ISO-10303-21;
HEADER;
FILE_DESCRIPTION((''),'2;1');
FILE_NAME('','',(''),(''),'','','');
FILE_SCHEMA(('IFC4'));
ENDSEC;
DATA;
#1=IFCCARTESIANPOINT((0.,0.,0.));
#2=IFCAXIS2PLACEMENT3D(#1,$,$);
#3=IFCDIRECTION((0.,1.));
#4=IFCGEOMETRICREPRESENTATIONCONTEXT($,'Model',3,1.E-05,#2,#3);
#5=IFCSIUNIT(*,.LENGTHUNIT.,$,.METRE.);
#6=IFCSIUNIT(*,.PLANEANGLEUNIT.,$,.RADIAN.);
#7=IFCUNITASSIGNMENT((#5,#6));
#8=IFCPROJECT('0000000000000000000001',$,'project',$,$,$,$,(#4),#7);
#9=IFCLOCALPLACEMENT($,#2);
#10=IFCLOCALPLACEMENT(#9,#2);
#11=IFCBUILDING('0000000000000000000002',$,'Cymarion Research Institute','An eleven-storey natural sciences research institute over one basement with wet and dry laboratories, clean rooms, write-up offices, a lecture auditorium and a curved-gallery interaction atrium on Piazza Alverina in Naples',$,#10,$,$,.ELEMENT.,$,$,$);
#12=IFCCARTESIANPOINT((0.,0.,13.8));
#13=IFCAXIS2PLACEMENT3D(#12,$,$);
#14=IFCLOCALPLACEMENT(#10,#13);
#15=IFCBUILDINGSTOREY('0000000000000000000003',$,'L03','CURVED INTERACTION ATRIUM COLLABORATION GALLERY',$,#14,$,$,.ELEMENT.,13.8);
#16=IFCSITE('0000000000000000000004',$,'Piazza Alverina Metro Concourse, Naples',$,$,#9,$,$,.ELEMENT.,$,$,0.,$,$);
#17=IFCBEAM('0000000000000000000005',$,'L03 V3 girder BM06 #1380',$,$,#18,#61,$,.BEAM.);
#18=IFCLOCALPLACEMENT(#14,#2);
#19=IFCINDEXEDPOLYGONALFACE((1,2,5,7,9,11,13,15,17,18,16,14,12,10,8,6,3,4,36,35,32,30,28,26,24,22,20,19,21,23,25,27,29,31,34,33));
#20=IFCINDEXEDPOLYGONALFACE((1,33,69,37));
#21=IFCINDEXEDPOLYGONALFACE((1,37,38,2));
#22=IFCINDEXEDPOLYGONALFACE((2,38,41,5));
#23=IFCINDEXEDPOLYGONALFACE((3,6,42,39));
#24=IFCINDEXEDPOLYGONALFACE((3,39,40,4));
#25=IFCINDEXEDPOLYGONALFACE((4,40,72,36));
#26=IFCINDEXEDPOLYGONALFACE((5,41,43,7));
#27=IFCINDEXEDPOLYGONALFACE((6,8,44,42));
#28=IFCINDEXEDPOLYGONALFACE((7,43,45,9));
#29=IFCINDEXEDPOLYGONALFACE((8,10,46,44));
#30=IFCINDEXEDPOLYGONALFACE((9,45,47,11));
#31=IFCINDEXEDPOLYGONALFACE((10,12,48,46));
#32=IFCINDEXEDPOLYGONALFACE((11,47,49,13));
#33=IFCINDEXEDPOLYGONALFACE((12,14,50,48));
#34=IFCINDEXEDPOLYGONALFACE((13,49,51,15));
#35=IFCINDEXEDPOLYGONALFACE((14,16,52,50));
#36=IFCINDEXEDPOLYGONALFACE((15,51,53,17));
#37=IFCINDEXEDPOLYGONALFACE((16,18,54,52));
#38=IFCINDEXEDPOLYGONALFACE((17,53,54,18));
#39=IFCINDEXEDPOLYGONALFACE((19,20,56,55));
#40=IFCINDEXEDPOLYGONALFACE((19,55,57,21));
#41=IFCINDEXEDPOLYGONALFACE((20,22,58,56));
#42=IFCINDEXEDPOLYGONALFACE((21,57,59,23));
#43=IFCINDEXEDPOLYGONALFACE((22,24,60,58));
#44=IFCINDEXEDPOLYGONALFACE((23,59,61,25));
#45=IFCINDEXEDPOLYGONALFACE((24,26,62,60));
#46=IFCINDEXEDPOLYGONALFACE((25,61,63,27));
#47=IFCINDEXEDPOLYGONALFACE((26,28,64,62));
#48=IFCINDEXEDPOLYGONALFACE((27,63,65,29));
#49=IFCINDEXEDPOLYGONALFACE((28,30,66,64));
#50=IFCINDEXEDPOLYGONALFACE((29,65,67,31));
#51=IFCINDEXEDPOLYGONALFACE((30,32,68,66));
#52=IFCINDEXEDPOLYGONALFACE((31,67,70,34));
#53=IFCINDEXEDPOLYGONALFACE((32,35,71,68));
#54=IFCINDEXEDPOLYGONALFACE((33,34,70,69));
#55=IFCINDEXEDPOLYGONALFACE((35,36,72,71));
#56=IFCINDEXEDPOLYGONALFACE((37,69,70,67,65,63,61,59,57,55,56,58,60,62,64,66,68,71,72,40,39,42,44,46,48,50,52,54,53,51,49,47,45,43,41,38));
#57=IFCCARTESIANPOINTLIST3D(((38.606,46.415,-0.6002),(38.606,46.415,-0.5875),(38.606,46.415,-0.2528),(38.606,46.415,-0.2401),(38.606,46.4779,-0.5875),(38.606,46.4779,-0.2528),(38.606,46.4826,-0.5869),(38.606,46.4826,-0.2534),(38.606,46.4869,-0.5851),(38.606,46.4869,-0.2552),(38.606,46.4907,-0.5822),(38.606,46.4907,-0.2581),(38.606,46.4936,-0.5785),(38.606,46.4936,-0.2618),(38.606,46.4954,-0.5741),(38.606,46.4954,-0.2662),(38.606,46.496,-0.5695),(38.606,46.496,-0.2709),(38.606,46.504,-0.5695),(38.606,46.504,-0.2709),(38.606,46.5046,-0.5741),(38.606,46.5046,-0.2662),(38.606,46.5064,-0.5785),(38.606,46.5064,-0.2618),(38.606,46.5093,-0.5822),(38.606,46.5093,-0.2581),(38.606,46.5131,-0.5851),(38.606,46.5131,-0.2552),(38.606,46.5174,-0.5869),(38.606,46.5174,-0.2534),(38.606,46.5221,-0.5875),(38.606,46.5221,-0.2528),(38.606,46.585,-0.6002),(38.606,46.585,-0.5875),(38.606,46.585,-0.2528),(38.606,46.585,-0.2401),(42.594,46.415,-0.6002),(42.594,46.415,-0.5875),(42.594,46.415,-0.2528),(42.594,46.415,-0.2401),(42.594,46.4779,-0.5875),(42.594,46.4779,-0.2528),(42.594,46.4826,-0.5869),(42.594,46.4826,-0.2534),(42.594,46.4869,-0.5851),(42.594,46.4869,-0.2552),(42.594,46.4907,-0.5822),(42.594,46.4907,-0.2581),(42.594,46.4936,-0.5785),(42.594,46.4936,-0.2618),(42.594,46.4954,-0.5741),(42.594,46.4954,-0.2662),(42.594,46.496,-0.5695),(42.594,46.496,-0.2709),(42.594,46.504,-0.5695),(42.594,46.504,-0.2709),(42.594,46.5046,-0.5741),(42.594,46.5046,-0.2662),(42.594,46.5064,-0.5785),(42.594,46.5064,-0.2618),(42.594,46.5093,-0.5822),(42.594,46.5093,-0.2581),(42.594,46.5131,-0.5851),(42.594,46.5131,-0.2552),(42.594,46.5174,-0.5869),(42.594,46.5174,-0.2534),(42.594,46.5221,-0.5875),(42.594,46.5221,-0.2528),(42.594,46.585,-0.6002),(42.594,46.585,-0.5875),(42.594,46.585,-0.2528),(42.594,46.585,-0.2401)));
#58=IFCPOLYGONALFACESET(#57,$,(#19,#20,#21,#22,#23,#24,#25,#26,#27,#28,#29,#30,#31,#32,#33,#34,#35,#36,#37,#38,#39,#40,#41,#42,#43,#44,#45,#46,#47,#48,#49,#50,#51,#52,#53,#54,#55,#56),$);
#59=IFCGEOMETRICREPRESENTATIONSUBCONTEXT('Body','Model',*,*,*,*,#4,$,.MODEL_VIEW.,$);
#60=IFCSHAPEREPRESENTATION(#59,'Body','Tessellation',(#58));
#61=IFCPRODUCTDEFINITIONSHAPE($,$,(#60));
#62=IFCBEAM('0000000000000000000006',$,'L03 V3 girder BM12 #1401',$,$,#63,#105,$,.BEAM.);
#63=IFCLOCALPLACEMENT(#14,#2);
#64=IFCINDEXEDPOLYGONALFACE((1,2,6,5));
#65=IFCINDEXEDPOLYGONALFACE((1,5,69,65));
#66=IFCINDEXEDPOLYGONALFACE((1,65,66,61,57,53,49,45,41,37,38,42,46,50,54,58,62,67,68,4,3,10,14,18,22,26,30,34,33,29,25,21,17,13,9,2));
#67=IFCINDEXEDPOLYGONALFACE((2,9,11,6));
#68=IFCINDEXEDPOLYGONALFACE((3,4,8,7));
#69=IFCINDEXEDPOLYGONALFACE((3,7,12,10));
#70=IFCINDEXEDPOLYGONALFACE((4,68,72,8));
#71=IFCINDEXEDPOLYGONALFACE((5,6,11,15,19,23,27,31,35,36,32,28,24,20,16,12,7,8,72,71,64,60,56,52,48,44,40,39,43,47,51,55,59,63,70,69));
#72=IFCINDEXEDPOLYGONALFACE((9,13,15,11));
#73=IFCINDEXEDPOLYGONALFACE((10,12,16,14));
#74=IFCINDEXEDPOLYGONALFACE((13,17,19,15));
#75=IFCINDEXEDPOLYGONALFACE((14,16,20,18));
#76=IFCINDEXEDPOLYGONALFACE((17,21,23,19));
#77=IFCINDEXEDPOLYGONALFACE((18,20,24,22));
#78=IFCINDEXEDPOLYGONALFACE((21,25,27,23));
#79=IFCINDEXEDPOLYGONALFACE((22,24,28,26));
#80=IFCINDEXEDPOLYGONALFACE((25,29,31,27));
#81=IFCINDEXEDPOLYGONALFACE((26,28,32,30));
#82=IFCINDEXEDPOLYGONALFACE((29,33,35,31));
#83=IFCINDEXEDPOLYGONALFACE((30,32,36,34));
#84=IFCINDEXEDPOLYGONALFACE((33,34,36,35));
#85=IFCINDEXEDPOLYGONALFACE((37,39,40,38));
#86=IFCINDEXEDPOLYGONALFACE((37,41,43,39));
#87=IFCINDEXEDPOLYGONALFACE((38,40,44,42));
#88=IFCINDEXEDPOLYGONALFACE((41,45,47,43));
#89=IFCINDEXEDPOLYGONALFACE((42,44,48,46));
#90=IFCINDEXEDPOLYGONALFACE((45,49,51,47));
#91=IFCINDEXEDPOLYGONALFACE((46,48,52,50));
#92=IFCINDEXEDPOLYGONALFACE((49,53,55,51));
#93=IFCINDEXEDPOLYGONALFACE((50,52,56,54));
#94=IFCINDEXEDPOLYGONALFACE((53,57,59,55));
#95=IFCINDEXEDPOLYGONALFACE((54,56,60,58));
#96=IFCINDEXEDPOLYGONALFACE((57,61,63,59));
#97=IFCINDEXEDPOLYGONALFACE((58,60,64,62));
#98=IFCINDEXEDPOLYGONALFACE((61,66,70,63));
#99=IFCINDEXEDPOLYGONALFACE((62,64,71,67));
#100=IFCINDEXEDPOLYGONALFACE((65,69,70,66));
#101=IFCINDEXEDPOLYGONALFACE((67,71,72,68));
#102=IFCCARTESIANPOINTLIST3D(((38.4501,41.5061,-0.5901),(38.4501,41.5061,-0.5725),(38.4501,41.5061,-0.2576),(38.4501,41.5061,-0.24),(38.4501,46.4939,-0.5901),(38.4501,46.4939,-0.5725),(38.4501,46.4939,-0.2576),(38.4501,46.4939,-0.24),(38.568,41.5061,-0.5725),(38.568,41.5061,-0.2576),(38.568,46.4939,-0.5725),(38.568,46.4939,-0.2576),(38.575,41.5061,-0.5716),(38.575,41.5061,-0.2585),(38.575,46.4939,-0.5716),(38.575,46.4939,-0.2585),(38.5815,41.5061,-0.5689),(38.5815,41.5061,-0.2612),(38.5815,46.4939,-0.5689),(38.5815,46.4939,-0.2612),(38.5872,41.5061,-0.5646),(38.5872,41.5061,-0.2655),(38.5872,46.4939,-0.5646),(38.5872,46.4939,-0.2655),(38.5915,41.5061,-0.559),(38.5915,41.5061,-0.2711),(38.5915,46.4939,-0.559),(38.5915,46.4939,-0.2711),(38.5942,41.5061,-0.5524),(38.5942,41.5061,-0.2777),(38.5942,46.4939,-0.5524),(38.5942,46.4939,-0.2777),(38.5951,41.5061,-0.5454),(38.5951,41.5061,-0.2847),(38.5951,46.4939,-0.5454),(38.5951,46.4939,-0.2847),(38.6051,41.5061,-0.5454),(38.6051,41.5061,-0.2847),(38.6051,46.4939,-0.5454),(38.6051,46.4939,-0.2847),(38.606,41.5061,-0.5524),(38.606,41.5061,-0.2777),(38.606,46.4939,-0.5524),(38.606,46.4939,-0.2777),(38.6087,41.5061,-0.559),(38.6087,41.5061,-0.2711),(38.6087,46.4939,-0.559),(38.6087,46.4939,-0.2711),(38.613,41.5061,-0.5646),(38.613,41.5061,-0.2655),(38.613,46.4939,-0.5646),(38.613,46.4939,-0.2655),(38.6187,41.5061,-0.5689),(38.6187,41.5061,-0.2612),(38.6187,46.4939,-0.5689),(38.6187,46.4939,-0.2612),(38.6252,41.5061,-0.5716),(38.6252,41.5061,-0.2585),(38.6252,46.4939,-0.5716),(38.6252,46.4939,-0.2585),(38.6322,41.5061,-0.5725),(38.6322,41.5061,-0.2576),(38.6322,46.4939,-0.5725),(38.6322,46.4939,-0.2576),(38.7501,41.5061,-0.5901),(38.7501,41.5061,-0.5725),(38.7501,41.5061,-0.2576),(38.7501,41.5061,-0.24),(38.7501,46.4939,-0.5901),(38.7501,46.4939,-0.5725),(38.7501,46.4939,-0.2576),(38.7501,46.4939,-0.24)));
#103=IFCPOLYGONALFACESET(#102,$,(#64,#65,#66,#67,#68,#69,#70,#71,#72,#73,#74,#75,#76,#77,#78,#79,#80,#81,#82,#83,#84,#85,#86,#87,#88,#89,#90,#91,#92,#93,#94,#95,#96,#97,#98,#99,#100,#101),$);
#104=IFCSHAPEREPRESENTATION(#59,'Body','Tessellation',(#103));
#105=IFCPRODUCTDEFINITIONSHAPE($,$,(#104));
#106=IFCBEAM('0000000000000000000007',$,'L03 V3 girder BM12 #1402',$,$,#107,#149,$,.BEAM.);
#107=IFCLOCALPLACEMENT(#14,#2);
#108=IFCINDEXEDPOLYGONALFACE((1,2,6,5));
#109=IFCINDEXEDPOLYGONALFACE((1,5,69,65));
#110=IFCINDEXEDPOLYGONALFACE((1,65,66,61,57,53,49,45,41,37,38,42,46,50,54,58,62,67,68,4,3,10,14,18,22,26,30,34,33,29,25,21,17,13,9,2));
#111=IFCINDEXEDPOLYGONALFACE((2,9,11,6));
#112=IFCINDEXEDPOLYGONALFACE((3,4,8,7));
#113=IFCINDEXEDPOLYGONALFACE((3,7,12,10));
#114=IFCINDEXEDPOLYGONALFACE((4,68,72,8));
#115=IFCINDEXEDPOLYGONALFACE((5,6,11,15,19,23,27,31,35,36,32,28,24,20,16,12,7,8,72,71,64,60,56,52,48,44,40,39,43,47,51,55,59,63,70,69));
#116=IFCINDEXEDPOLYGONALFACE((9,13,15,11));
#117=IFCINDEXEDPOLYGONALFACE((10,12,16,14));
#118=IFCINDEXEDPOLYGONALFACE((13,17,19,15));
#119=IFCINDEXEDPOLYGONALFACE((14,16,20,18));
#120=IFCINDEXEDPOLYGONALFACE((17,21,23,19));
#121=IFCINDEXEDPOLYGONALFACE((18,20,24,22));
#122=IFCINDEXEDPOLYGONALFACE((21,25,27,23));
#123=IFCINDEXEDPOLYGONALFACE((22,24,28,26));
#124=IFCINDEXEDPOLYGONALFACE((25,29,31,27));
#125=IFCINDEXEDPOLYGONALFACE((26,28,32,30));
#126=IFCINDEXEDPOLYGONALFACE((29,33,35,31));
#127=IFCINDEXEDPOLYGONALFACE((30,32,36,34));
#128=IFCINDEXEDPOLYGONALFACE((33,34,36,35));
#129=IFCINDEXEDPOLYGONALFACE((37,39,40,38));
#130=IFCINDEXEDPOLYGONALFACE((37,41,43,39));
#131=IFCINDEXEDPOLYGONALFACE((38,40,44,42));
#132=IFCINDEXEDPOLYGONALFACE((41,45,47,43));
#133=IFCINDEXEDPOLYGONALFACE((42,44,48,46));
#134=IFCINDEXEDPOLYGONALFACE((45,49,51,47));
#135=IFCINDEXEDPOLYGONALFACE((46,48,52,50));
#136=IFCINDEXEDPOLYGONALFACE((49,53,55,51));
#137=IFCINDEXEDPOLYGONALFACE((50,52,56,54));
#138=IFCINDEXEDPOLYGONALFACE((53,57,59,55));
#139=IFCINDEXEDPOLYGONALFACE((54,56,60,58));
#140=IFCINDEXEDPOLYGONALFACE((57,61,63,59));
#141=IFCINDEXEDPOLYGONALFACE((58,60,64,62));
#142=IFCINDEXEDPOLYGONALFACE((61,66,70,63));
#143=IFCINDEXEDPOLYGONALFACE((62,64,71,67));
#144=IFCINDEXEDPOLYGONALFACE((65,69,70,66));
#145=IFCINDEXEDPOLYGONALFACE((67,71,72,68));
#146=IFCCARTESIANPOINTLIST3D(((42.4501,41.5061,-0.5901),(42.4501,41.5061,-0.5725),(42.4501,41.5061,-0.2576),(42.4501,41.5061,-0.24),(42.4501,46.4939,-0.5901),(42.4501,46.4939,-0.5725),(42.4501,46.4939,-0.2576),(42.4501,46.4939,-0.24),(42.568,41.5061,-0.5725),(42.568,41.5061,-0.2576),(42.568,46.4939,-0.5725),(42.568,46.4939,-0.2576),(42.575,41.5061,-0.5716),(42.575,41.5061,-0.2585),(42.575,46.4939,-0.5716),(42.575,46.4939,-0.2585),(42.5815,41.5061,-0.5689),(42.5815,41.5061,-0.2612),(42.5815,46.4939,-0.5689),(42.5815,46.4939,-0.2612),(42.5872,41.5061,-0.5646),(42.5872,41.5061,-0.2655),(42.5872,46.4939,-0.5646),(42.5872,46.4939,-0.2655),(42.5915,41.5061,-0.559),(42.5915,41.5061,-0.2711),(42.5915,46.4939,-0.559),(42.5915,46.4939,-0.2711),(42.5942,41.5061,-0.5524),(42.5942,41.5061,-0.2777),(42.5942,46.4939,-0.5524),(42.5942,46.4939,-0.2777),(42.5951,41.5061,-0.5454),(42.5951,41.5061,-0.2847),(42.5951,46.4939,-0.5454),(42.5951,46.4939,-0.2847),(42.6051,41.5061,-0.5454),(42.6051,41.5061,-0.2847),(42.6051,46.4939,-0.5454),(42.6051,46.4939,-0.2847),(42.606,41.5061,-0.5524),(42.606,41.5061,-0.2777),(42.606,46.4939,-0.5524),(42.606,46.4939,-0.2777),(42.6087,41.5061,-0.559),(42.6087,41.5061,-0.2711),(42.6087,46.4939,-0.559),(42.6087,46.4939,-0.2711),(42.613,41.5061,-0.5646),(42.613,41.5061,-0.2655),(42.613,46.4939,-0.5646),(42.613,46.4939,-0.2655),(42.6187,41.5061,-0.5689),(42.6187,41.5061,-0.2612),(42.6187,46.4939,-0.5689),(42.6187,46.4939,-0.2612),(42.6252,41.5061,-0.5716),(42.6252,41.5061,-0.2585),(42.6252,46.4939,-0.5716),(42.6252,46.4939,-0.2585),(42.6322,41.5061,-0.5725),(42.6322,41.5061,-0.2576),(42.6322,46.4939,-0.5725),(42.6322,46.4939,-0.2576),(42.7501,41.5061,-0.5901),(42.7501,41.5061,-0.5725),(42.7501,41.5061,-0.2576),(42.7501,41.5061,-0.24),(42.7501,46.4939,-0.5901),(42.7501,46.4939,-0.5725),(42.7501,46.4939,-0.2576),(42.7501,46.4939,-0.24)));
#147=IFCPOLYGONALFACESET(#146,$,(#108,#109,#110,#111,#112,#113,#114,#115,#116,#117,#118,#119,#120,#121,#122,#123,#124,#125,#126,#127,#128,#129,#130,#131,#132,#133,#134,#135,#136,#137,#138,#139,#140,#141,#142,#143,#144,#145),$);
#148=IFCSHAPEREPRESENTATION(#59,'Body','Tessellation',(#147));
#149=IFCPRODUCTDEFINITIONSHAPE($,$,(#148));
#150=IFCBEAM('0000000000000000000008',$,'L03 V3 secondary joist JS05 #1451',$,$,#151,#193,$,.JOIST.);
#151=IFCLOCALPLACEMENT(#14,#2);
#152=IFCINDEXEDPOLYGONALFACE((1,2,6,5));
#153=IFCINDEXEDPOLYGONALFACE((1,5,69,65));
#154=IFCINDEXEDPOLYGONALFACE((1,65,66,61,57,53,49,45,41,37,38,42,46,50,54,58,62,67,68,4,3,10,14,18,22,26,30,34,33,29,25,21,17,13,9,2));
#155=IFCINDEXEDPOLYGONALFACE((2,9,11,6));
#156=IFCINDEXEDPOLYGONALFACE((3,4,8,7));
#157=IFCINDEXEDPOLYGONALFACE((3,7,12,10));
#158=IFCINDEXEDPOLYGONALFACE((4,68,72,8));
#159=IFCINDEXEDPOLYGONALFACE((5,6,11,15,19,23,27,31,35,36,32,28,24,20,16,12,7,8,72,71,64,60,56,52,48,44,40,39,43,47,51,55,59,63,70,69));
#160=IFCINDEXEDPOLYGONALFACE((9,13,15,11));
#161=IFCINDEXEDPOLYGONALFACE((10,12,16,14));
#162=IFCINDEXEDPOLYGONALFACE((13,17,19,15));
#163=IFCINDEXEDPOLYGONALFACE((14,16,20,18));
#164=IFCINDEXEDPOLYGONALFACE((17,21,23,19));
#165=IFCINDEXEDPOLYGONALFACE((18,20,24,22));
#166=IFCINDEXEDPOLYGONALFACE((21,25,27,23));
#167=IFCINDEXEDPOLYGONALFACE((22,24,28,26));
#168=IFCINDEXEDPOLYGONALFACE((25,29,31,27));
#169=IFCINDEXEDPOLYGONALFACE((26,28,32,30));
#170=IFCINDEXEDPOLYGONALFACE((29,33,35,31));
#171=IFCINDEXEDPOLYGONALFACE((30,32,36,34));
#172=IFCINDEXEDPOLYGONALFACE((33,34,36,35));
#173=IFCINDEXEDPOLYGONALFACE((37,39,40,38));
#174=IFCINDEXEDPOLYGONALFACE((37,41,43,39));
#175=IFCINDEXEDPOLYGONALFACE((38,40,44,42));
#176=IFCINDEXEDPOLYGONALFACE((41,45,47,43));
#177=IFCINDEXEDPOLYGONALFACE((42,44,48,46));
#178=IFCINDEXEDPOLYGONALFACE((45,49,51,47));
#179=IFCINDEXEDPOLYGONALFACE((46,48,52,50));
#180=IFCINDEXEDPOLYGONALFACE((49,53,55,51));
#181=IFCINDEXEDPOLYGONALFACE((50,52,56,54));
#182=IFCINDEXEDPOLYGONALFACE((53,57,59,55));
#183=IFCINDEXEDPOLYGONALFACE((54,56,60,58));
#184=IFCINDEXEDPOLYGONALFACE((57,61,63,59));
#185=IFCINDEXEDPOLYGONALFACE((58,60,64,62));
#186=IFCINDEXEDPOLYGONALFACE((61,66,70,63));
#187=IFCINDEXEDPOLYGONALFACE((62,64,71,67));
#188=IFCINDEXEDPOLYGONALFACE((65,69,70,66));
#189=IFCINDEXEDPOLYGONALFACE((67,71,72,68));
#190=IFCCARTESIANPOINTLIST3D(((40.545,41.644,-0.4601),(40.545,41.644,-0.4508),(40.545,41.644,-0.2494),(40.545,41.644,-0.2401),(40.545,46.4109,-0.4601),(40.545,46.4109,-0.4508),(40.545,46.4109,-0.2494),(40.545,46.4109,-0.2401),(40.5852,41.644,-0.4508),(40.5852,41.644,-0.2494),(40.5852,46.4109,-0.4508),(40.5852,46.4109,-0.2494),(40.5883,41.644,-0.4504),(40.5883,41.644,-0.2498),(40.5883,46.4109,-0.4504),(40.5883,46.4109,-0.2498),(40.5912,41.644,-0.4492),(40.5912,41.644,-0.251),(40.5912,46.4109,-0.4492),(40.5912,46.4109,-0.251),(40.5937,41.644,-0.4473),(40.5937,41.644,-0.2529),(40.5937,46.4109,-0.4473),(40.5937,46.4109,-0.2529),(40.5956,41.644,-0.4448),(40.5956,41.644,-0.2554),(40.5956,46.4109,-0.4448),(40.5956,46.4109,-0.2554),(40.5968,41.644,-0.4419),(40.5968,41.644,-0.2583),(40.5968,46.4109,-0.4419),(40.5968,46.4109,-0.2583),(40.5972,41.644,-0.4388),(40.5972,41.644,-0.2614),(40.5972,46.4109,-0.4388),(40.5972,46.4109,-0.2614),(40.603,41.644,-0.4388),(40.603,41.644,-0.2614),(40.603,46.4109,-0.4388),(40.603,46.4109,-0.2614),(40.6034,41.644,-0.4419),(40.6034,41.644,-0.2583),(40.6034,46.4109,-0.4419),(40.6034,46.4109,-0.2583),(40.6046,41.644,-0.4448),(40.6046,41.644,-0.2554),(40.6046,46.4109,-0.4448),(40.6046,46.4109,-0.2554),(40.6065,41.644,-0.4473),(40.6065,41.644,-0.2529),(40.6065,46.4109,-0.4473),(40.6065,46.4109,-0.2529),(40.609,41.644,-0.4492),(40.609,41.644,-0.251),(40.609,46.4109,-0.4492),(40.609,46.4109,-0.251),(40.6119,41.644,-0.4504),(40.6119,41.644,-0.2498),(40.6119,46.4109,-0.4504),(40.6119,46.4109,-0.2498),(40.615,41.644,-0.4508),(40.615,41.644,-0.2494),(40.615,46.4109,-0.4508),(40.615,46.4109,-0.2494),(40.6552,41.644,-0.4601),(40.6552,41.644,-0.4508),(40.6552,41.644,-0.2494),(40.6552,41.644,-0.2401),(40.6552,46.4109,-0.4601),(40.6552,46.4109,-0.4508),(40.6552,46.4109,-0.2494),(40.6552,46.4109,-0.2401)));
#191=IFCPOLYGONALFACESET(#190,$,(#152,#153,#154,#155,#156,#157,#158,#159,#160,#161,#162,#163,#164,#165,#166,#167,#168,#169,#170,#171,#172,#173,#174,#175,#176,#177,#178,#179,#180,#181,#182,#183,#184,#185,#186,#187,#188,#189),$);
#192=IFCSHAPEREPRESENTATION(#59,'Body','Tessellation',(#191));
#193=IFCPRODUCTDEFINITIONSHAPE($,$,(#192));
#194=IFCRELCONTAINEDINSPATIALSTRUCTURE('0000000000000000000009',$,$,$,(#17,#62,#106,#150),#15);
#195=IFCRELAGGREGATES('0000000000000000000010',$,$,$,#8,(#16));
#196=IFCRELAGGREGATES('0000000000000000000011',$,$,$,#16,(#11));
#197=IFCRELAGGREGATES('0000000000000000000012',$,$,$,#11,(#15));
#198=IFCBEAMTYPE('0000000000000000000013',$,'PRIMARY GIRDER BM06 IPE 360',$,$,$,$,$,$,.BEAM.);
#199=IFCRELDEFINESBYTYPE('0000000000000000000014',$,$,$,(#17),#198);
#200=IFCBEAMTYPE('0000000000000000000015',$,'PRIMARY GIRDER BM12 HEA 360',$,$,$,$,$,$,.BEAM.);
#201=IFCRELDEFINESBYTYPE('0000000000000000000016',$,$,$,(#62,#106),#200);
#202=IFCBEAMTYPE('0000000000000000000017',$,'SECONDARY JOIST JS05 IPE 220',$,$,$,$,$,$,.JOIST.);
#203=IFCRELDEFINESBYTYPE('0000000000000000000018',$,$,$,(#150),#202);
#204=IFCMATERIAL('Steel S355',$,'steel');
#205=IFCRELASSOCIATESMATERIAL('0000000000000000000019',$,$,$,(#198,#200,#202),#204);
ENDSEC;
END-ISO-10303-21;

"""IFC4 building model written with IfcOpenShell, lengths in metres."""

from ifc_helpers import new_model, si_unit, direction, frame, origin, origin_2d, place, context, subcontext, project, spatial, i_section, extrude, material, material_profile, profile_set, type_object, element, save


model = new_model("IFC4")

# Units and contexts
model_context = context("Model", 3, precision=1e-05, world=origin(), true_north=direction((0.0, 1.0)))
body_context = subcontext(model_context, "Body", "Model", "MODEL_VIEW")
ifc_project = project(units=[si_unit("LENGTHUNIT", "METRE"), si_unit("PLANEANGLEUNIT", "RADIAN")], contexts=[model_context])

# Site, building, storey
site_placement = place(None, origin())
site = spatial("IfcSite", under=ifc_project, at=site_placement, Name="Piazza Alverina Metro Concourse, Naples", CompositionType="ELEMENT", RefElevation=0.0)
building_placement = place(site_placement, origin())
building = spatial("IfcBuilding", under=site, at=building_placement, Name="Cymarion Research Institute", Description="An eleven-storey natural sciences research institute over one basement with wet and dry laboratories, clean rooms, write-up offices, a lecture auditorium and a curved-gallery interaction atrium on Piazza Alverina in Naples", CompositionType="ELEMENT")
storey_placement = place(building_placement, frame((0.0, 0.0, 13.8)))
storey = spatial("IfcBuildingStorey", under=building, at=storey_placement, Name="L03", Description="CURVED INTERACTION ATRIUM COLLABORATION GALLERY", CompositionType="ELEMENT", Elevation=13.8)

# Shared definitions
ifc_material_1 = material(Name="Steel S355", Category="steel")

# Beams
ifc_material_profile_1 = material_profile(ifc_material_1, i_section(OverallWidth=0.1699, OverallDepth=0.3601, WebThickness=0.0081, FlangeThickness=0.0127, FilletRadius=0.0181, at=origin_2d()), Name="IPE 360")
ifc_profile_set_1 = profile_set([ifc_material_profile_1], Name="Steel S355")
beam_type_1 = type_object("IfcBeamType", Name="PRIMARY GIRDER BM06 IPE 360", PredefinedType="BEAM", material=ifc_profile_set_1)
beam_1_placement = place(storey_placement, frame((38.606, 46.5, -0.4202), z_axis=(1.0, 0.0, 0.0), x_axis=(0.0, 1.0, 0.0)))
element("IfcBeam", 1, at=beam_1_placement, inside=storey, type_object=beam_type_1, Name="L03 V3 girder BM06 #1380", PredefinedType="BEAM", context=body_context, shape_type="SweptSolid", body=[
    extrude(i_section(OverallWidth=0.1699, OverallDepth=0.3601, WebThickness=0.0081, FlangeThickness=0.0127, FilletRadius=0.0181, at=origin_2d()), origin(), (0.0, 0.0, 1.0), 3.988),
])
ifc_material_profile_2 = material_profile(ifc_material_1, i_section(OverallWidth=0.3, OverallDepth=0.3501, WebThickness=0.01, FlangeThickness=0.0176, FilletRadius=0.0271, at=origin_2d()), Name="HEA 360")
ifc_profile_set_2 = profile_set([ifc_material_profile_2], Name="Steel S355")
beam_type_2 = type_object("IfcBeamType", Name="PRIMARY GIRDER BM12 HEA 360", PredefinedType="BEAM", material=ifc_profile_set_2)
for number, where, z_axis, x_axis, name in (
    (2, (38.6001, 41.5061, -0.415), (0.0, 1.0, 0.0), (-1.0, 0.0, 0.0), "L03 V3 girder BM12 #1401"),
    (3, (42.6001, 41.5061, -0.415), (0.0, 1.0, 0.0), (-1.0, 0.0, 0.0), "L03 V3 girder BM12 #1402"),
):
    element("IfcBeam", number, at=place(storey_placement, frame(where, z_axis=z_axis, x_axis=x_axis)), inside=storey, type_object=beam_type_2, Name=name, PredefinedType="BEAM", context=body_context, shape_type="SweptSolid", body=[
        extrude(i_section(OverallWidth=0.3, OverallDepth=0.3501, WebThickness=0.01, FlangeThickness=0.0176, FilletRadius=0.0271, at=origin_2d()), origin(), (0.0, 0.0, 1.0), 4.9878),
    ])
ifc_material_profile_3 = material_profile(ifc_material_1, i_section(OverallWidth=0.1101, OverallDepth=0.22, WebThickness=0.0059, FlangeThickness=0.0093, FilletRadius=0.012, at=origin_2d()), Name="IPE 220")
ifc_profile_set_3 = profile_set([ifc_material_profile_3], Name="Steel S355")
beam_type_3 = type_object("IfcBeamType", Name="SECONDARY JOIST JS05 IPE 220", PredefinedType="JOIST", material=ifc_profile_set_3)
beam_2_placement = place(storey_placement, frame((40.6001, 41.644, -0.3501), z_axis=(0.0, 1.0, 0.0), x_axis=(-1.0, 0.0, 0.0)))
element("IfcBeam", 4, at=beam_2_placement, inside=storey, type_object=beam_type_3, Name="L03 V3 secondary joist JS05 #1451", PredefinedType="JOIST", context=body_context, shape_type="SweptSolid", body=[
    extrude(i_section(OverallWidth=0.1101, OverallDepth=0.22, WebThickness=0.0059, FlangeThickness=0.0093, FilletRadius=0.012, at=origin_2d()), origin(), (0.0, 0.0, 1.0), 4.7668),
])

save(model, "model.ifc")
